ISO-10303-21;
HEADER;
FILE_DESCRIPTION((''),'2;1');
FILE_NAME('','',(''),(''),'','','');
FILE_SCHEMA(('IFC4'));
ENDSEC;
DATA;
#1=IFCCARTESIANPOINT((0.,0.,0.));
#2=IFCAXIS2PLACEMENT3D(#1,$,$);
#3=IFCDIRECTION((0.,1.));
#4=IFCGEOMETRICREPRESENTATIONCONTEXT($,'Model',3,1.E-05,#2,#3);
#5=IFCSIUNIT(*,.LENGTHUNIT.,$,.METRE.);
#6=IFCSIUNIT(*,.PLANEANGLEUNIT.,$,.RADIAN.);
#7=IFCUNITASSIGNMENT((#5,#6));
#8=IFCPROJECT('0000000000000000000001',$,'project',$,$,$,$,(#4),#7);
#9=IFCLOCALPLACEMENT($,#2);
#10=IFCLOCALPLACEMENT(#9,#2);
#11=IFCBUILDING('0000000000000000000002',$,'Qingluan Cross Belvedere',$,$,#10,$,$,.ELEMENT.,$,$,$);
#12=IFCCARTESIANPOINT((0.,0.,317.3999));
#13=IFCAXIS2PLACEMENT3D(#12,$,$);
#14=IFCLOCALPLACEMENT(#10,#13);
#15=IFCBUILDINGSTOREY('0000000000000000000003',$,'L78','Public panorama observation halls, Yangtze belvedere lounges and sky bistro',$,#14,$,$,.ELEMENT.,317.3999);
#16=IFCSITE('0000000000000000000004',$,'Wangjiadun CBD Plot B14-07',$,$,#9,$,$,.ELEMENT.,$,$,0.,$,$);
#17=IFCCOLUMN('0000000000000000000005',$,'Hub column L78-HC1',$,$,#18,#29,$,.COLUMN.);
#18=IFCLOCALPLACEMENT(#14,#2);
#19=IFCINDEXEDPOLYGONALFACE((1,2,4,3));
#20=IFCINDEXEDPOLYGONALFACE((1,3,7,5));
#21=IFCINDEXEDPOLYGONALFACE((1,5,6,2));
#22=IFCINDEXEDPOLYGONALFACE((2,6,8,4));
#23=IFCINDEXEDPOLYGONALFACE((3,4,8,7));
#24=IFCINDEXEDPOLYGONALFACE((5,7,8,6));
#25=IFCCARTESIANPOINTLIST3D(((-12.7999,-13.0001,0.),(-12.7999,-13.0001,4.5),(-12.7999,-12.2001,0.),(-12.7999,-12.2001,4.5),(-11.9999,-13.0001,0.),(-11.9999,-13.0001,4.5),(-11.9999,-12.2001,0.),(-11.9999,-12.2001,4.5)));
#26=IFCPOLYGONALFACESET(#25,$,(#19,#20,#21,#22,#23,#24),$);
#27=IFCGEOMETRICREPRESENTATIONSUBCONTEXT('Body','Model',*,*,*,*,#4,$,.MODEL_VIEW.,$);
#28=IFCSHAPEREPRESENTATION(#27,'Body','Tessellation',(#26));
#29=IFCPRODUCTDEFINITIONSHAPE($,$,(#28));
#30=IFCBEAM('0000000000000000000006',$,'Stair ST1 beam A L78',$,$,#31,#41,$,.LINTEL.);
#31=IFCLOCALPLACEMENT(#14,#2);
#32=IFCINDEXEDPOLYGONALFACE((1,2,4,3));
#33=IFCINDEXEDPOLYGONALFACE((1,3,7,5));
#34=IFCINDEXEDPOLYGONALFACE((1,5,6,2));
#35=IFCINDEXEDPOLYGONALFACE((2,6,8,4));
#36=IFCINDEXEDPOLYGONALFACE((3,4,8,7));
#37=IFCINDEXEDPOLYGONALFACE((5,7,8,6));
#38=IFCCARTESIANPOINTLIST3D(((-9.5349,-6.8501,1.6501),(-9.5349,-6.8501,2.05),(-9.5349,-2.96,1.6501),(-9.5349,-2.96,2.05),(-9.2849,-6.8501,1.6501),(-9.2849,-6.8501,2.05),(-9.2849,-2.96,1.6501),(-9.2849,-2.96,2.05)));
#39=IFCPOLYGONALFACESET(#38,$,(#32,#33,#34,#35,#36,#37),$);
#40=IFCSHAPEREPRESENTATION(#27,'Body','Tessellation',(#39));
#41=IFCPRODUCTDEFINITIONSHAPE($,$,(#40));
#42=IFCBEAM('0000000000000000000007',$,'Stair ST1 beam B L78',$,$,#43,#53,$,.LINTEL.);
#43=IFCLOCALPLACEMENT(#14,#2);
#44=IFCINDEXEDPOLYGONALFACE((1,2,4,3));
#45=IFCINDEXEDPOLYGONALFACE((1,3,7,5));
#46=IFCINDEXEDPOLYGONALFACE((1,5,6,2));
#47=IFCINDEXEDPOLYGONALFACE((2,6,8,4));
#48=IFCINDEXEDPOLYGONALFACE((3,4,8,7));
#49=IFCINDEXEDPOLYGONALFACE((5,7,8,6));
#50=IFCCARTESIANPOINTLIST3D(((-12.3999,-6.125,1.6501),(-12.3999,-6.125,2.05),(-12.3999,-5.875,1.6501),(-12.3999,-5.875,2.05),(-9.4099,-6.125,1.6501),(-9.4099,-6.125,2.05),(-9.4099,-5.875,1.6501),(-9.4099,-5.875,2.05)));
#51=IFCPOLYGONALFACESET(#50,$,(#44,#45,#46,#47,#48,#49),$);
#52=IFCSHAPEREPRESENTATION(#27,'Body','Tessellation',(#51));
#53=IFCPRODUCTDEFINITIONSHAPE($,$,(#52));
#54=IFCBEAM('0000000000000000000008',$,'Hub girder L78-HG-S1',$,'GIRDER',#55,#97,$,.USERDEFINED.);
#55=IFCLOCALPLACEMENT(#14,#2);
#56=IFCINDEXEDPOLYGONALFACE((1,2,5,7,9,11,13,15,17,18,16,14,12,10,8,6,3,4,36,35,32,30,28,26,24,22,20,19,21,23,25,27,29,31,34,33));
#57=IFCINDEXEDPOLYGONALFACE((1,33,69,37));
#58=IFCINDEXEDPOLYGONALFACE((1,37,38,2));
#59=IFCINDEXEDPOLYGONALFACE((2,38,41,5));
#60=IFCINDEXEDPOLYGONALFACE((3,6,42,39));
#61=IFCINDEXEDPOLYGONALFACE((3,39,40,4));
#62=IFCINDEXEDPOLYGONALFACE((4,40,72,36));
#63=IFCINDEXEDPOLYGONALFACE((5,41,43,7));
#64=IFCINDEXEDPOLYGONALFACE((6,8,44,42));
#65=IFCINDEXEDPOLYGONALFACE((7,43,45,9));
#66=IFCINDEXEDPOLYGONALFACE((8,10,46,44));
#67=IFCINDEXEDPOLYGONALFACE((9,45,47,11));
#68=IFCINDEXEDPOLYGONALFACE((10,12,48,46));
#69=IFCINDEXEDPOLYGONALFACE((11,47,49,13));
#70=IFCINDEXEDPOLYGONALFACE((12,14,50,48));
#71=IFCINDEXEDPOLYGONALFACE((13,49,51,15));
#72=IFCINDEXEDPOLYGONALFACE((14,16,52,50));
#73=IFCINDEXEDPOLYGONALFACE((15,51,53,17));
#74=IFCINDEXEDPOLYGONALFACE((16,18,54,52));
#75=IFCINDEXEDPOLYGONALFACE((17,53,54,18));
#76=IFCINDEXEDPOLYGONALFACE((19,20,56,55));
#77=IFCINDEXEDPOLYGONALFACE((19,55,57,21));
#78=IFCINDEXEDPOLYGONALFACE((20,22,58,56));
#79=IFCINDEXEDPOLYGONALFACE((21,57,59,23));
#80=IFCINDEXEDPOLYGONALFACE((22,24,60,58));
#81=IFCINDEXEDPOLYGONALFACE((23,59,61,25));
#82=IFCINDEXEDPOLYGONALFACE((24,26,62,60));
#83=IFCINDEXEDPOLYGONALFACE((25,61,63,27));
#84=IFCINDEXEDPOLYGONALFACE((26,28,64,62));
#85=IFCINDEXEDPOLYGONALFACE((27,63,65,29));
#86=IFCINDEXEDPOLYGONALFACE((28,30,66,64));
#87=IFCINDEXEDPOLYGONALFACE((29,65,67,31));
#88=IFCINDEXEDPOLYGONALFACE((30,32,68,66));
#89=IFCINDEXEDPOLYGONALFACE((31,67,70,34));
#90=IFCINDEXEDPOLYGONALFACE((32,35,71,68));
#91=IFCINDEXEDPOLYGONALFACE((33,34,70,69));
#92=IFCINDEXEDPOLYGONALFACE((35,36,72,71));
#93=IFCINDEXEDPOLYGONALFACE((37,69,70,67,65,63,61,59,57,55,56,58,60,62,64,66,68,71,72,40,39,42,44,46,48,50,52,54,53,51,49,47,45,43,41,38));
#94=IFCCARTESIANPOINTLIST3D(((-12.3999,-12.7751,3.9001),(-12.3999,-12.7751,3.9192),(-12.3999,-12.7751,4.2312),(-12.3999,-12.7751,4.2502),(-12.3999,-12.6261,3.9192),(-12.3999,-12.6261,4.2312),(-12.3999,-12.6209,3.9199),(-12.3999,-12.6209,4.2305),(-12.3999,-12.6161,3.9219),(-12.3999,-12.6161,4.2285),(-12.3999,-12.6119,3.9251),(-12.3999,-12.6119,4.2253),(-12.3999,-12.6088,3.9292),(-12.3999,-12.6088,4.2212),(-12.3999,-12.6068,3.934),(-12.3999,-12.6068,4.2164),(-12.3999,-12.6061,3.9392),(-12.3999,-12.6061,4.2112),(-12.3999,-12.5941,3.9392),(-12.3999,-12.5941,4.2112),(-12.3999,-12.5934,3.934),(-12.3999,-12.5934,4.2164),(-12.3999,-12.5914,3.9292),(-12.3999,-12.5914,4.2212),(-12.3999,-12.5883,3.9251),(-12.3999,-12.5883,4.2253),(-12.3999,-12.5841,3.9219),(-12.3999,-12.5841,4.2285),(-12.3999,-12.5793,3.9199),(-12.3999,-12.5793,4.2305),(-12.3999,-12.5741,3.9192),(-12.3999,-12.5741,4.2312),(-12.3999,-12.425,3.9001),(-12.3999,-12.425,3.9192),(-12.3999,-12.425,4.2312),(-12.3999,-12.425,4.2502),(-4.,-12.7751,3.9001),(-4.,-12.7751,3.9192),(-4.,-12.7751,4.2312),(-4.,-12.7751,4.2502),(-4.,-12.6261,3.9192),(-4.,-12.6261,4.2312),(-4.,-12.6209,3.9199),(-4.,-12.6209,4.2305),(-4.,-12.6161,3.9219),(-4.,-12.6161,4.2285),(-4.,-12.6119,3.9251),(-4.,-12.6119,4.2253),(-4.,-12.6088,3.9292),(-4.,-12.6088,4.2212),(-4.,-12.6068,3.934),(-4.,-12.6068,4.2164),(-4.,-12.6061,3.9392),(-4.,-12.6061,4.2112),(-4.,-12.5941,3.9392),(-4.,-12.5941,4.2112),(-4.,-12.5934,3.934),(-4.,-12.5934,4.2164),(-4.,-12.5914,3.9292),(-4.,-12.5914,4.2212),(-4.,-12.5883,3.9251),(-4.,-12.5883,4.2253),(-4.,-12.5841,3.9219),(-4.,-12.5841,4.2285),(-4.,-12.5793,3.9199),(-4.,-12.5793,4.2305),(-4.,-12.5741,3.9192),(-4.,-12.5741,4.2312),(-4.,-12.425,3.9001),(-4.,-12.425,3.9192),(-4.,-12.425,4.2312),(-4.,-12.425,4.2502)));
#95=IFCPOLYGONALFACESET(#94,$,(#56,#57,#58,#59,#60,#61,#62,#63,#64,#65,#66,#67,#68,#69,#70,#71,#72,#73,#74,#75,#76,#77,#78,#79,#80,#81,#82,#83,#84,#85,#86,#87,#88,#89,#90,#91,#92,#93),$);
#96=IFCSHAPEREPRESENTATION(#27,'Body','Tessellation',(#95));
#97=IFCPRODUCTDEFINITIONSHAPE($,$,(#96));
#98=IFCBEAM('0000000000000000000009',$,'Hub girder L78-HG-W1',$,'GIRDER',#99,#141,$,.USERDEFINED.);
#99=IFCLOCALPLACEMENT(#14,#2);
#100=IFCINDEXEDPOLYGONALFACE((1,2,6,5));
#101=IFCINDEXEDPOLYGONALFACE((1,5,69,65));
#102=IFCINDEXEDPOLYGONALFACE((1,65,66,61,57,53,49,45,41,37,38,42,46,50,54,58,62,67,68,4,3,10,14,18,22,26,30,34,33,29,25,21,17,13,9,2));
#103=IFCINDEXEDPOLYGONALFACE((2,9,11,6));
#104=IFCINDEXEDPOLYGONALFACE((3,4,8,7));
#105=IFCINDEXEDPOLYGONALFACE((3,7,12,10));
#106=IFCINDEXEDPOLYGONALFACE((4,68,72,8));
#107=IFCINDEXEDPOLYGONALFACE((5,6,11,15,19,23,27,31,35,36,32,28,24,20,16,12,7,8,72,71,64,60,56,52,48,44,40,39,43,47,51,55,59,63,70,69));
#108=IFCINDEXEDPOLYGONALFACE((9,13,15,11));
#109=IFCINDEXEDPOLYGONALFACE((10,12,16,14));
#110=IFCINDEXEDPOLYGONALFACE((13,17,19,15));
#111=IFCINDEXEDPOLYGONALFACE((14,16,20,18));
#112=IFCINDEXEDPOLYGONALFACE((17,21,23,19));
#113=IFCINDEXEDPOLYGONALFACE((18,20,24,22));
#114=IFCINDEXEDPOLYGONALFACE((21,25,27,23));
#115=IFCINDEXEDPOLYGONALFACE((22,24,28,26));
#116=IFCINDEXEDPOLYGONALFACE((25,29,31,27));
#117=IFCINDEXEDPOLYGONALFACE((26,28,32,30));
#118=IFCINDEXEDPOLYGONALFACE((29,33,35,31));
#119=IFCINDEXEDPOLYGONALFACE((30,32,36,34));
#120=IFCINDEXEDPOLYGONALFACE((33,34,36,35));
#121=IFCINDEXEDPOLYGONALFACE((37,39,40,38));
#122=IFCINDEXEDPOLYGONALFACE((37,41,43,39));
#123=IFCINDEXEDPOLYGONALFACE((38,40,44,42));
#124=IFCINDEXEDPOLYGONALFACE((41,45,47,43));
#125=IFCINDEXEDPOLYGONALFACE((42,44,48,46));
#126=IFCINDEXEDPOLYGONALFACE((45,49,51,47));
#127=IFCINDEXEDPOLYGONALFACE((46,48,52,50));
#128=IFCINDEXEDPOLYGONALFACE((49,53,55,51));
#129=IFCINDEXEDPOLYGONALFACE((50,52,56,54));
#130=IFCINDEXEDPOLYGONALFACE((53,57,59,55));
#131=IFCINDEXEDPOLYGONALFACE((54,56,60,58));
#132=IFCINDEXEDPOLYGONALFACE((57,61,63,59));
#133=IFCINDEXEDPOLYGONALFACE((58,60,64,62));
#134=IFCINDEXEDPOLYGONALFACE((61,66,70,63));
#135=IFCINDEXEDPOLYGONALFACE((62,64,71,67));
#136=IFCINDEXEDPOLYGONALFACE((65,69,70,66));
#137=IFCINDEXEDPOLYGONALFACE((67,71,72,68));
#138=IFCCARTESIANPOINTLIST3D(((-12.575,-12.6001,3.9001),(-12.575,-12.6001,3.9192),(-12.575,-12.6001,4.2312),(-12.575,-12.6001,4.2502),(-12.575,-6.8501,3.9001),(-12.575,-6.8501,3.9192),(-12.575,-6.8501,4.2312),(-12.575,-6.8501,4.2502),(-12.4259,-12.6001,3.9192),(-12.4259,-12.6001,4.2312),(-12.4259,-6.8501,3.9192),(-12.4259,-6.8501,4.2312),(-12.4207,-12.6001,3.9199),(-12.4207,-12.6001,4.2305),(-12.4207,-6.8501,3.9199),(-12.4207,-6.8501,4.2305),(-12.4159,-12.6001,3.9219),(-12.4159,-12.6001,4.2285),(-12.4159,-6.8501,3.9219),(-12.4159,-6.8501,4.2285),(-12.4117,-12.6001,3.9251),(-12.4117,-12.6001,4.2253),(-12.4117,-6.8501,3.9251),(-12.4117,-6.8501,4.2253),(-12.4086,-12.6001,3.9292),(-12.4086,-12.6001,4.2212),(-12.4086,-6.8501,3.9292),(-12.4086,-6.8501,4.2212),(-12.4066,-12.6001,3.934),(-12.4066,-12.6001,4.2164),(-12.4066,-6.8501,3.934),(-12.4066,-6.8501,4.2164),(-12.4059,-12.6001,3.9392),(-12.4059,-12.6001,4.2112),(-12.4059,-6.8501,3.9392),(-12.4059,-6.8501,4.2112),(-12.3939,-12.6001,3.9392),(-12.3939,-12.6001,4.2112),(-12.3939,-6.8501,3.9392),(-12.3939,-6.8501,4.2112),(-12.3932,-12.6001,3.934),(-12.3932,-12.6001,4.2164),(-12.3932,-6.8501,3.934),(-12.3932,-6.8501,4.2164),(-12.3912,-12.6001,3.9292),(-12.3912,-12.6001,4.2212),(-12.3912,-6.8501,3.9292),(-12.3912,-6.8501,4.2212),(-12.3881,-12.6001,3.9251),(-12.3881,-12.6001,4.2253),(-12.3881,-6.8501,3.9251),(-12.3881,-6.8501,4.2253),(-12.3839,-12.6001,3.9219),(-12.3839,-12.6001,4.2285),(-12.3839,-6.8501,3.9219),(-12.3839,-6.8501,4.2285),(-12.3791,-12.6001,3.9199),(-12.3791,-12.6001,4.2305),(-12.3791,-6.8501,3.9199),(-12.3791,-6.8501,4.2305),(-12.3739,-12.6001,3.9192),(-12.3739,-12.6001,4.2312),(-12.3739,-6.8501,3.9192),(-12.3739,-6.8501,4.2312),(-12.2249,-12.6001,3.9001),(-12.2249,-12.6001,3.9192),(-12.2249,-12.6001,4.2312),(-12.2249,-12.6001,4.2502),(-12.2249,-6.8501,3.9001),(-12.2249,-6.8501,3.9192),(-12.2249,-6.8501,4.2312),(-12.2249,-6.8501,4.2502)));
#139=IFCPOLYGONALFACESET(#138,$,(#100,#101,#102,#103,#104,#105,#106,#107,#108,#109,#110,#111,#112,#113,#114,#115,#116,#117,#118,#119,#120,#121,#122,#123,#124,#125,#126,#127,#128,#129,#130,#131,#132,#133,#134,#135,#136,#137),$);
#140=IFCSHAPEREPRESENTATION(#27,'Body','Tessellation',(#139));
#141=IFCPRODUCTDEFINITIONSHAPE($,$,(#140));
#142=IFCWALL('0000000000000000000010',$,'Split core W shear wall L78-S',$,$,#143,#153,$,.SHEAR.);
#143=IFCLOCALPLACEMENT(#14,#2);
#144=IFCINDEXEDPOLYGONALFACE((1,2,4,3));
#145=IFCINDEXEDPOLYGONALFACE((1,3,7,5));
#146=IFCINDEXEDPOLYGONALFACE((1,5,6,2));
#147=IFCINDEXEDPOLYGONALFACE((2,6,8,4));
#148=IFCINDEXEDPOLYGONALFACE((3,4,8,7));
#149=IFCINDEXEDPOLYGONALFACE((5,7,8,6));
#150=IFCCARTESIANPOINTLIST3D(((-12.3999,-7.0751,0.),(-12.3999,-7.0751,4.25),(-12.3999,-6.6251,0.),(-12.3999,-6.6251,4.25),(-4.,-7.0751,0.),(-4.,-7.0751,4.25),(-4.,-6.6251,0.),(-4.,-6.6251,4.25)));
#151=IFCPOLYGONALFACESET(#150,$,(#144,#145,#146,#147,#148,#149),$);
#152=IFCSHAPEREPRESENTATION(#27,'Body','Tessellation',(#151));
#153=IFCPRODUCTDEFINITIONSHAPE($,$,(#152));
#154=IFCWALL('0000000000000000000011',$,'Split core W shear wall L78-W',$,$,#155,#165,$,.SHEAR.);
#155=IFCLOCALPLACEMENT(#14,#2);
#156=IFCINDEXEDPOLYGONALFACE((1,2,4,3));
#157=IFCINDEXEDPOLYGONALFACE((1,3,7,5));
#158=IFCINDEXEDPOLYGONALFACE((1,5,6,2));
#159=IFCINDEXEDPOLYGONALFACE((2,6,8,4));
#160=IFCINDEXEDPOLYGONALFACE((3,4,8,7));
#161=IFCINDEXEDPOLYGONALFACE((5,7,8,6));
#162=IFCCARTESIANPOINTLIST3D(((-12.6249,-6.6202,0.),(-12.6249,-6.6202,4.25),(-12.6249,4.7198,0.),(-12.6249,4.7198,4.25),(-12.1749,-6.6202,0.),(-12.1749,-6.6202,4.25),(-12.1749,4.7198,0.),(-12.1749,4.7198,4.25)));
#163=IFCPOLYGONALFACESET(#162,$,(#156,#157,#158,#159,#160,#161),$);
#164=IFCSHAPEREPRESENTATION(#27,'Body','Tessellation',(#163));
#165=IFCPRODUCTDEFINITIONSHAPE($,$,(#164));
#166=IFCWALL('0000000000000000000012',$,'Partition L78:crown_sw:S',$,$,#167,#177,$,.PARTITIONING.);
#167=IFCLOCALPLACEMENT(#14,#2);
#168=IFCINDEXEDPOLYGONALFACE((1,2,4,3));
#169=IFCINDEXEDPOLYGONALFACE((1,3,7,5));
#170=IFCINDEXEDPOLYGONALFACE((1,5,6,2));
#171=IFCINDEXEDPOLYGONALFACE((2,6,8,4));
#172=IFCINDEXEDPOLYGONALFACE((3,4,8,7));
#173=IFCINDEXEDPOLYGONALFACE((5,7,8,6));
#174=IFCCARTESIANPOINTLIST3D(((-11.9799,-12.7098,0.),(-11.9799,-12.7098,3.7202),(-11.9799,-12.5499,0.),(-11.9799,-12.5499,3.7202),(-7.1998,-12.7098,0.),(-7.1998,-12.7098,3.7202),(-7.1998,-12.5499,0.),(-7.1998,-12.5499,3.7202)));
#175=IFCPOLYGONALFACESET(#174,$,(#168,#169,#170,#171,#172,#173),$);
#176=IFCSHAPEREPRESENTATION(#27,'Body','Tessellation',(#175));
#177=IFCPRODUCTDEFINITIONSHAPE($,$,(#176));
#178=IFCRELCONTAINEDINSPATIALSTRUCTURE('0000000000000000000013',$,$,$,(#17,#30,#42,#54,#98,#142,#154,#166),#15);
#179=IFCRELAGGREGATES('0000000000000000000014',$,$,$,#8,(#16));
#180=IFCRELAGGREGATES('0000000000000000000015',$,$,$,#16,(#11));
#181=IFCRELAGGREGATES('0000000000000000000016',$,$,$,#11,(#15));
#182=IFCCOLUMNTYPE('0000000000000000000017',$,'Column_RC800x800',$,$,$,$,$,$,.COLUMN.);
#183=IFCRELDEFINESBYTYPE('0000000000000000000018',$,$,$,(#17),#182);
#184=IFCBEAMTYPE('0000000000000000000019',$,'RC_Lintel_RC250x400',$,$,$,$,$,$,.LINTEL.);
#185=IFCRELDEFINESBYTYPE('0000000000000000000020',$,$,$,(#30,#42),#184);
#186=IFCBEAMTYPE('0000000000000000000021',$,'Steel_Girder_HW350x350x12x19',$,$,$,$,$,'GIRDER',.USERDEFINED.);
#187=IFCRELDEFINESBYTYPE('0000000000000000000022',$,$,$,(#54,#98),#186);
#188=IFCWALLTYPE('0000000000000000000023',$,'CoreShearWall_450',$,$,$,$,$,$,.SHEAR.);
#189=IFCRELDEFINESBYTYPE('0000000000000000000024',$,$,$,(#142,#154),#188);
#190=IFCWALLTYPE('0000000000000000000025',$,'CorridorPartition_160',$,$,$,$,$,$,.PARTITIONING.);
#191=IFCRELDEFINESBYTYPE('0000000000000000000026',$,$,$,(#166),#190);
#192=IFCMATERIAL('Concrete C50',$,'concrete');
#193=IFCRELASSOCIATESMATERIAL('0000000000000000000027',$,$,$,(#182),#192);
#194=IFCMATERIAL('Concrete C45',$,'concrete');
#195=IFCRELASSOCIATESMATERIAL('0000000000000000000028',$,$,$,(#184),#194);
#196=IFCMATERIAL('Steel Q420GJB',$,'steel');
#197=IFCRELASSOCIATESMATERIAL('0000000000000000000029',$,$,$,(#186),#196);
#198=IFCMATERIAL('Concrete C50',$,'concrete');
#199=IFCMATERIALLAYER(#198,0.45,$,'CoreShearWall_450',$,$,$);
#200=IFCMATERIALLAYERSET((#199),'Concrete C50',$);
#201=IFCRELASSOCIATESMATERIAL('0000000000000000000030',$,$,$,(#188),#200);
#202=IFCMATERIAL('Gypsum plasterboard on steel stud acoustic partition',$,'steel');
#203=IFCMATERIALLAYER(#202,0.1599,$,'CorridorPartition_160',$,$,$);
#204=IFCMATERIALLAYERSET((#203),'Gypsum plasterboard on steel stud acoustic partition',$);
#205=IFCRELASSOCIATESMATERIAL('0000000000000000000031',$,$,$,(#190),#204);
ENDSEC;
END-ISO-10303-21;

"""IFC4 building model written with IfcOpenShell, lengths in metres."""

from ifc_helpers import new_model, si_unit, direction, frame, frame_2d, origin, origin_2d, place, context, subcontext, project, spatial, rectangle, i_section, extrude, material, layer, layer_set, material_profile, profile_set, type_object, element, save


model = new_model("IFC4")

# Units and contexts
model_context = context("Model", 3, precision=1e-05, world=origin(), true_north=direction((0.0, 1.0)))
body_context = subcontext(model_context, "Body", "Model", "MODEL_VIEW")
ifc_project = project(units=[si_unit("LENGTHUNIT", "METRE"), si_unit("PLANEANGLEUNIT", "RADIAN")], contexts=[model_context])

# Site, building, storey
site_placement = place(None, origin())
site = spatial("IfcSite", under=ifc_project, at=site_placement, Name="Wangjiadun CBD Plot B14-07", CompositionType="ELEMENT", RefElevation=0.0)
building_placement = place(site_placement, origin())
building = spatial("IfcBuilding", under=site, at=building_placement, Name="Qingluan Cross Belvedere", CompositionType="ELEMENT")
storey_placement = place(building_placement, frame((0.0, 0.0, 317.3999)))
storey = spatial("IfcBuildingStorey", under=building, at=storey_placement, Name="L78", Description="Public panorama observation halls, Yangtze belvedere lounges and sky bistro", CompositionType="ELEMENT", Elevation=317.3999)

# Column
ifc_material_1 = material(Name="Concrete C50", Category="concrete")
ifc_material_profile_1 = material_profile(ifc_material_1, rectangle(XDim=0.8, YDim=0.8, at=origin_2d()), Name="RC800x800")
ifc_profile_set_1 = profile_set([ifc_material_profile_1], Name="Concrete C50")
column_type = type_object("IfcColumnType", Name="Column_RC800x800", PredefinedType="COLUMN", material=ifc_profile_set_1)
column_placement = place(storey_placement, frame((-12.3999, -12.6001, 0.0), z_axis=(0.0, 0.0, 1.0), x_axis=(1.0, 0.0, 0.0)))
element("IfcColumn", 1, at=column_placement, inside=storey, type_object=column_type, Name="Hub column L78-HC1", PredefinedType="COLUMN", context=body_context, shape_type="SweptSolid", body=[
    extrude(rectangle(XDim=0.8, YDim=0.8, at=origin_2d()), origin(), (0.0, 0.0, 1.0), 4.5),
])

# Beams
ifc_material_2 = material(Name="Concrete C45", Category="concrete")
ifc_material_profile_2 = material_profile(ifc_material_2, rectangle(XDim=0.25, YDim=0.3999, at=origin_2d()), Name="RC250x400")
ifc_profile_set_2 = profile_set([ifc_material_profile_2], Name="Concrete C45")
beam_type_1 = type_object("IfcBeamType", Name="RC_Lintel_RC250x400", PredefinedType="LINTEL", material=ifc_profile_set_2)
beam_1_placement = place(storey_placement, frame((-9.4099, -6.8501, 1.8501), z_axis=(0.0, 1.0, 0.0), x_axis=(-1.0, 0.0, 0.0)))
element("IfcBeam", 2, at=beam_1_placement, inside=storey, type_object=beam_type_1, Name="Stair ST1 beam A L78", PredefinedType="LINTEL", context=body_context, shape_type="SweptSolid", body=[
    extrude(rectangle(XDim=0.25, YDim=0.3999, at=origin_2d()), origin(), (0.0, 0.0, 1.0), 3.8901),
])
beam_2_placement = place(storey_placement, frame((-12.3999, -6.0, 1.8501), z_axis=(1.0, 0.0, 0.0), x_axis=(0.0, 1.0, 0.0)))
element("IfcBeam", 3, at=beam_2_placement, inside=storey, type_object=beam_type_1, Name="Stair ST1 beam B L78", PredefinedType="LINTEL", context=body_context, shape_type="SweptSolid", body=[
    extrude(rectangle(XDim=0.25, YDim=0.3999, at=origin_2d()), origin(), (0.0, 0.0, 1.0), 2.99),
])
ifc_material_3 = material(Name="Steel Q420GJB", Category="steel")
ifc_material_profile_3 = material_profile(ifc_material_3, i_section(OverallWidth=0.3501, OverallDepth=0.3501, WebThickness=0.012, FlangeThickness=0.019, FilletRadius=0.02, at=origin_2d()), Name="HW350x350x12x19")
ifc_profile_set_3 = profile_set([ifc_material_profile_3], Name="Steel Q420GJB")
beam_type_2 = type_object("IfcBeamType", Name="Steel_Girder_HW350x350x12x19", ElementType="GIRDER", PredefinedType="USERDEFINED", material=ifc_profile_set_3)
beam_3_placement = place(storey_placement, frame((-12.3999, -12.6001, 4.0752), z_axis=(1.0, 0.0, 0.0), x_axis=(0.0, 1.0, 0.0)))
element("IfcBeam", 4, at=beam_3_placement, inside=storey, type_object=beam_type_2, Name="Hub girder L78-HG-S1", ObjectType="GIRDER", PredefinedType="USERDEFINED", context=body_context, shape_type="SweptSolid", body=[
    extrude(i_section(OverallWidth=0.3501, OverallDepth=0.3501, WebThickness=0.012, FlangeThickness=0.019, FilletRadius=0.02, at=origin_2d()), origin(), (0.0, 0.0, 1.0), 8.3999),
])
beam_4_placement = place(storey_placement, frame((-12.3999, -12.6001, 4.0752), z_axis=(0.0, 1.0, 0.0), x_axis=(-1.0, 0.0, 0.0)))
element("IfcBeam", 5, at=beam_4_placement, inside=storey, type_object=beam_type_2, Name="Hub girder L78-HG-W1", ObjectType="GIRDER", PredefinedType="USERDEFINED", context=body_context, shape_type="SweptSolid", body=[
    extrude(i_section(OverallWidth=0.3501, OverallDepth=0.3501, WebThickness=0.012, FlangeThickness=0.019, FilletRadius=0.02, at=origin_2d()), origin(), (0.0, 0.0, 1.0), 5.75),
])

# Walls
ifc_material_4 = material(Name="Concrete C50", Category="concrete")
ifc_layer_1 = layer(ifc_material_4, 0.45, Name="CoreShearWall_450")
ifc_layer_set_1 = layer_set([ifc_layer_1], Name="Concrete C50")
wall_type_1 = type_object("IfcWallType", Name="CoreShearWall_450", PredefinedType="SHEAR", material=ifc_layer_set_1)
wall_1_placement = place(storey_placement, frame((-12.3999, -6.8501, 0.0), z_axis=(0.0, 0.0, 1.0), x_axis=(1.0, 0.0, 0.0)))
element("IfcWall", 6, at=wall_1_placement, inside=storey, type_object=wall_type_1, Name="Split core W shear wall L78-S", PredefinedType="SHEAR", context=body_context, shape_type="SweptSolid", body=[
    extrude(rectangle(XDim=8.3999, YDim=0.45, at=frame_2d((4.2, 0.0))), origin(), (0.0, 0.0, 1.0), 4.25),
])
wall_2_placement = place(storey_placement, frame((-12.3999, -6.6201, 0.0), z_axis=(0.0, 0.0, 1.0), x_axis=(0.0, 1.0, 0.0)))
element("IfcWall", 7, at=wall_2_placement, inside=storey, type_object=wall_type_1, Name="Split core W shear wall L78-W", PredefinedType="SHEAR", context=body_context, shape_type="SweptSolid", body=[
    extrude(rectangle(XDim=11.3401, YDim=0.45, at=frame_2d((5.6699, 0.0))), origin(), (0.0, 0.0, 1.0), 4.25),
])
ifc_material_5 = material(Name="Gypsum plasterboard on steel stud acoustic partition", Category="steel")
ifc_layer_2 = layer(ifc_material_5, 0.1599, Name="CorridorPartition_160")
ifc_layer_set_2 = layer_set([ifc_layer_2], Name="Gypsum plasterboard on steel stud acoustic partition")
wall_type_2 = type_object("IfcWallType", Name="CorridorPartition_160", PredefinedType="PARTITIONING", material=ifc_layer_set_2)
wall_3_placement = place(storey_placement, frame((-11.98, -12.6299, 0.0), z_axis=(0.0, 0.0, 1.0), x_axis=(1.0, 0.0, 0.0)))
element("IfcWall", 8, at=wall_3_placement, inside=storey, type_object=wall_type_2, Name="Partition L78:crown_sw:S", PredefinedType="PARTITIONING", context=body_context, shape_type="SweptSolid", body=[
    extrude(rectangle(XDim=4.78, YDim=0.1599, at=frame_2d((2.3901, 0.0))), origin(), (0.0, 0.0, 1.0), 3.7202),
])

save(model, "model.ifc")
